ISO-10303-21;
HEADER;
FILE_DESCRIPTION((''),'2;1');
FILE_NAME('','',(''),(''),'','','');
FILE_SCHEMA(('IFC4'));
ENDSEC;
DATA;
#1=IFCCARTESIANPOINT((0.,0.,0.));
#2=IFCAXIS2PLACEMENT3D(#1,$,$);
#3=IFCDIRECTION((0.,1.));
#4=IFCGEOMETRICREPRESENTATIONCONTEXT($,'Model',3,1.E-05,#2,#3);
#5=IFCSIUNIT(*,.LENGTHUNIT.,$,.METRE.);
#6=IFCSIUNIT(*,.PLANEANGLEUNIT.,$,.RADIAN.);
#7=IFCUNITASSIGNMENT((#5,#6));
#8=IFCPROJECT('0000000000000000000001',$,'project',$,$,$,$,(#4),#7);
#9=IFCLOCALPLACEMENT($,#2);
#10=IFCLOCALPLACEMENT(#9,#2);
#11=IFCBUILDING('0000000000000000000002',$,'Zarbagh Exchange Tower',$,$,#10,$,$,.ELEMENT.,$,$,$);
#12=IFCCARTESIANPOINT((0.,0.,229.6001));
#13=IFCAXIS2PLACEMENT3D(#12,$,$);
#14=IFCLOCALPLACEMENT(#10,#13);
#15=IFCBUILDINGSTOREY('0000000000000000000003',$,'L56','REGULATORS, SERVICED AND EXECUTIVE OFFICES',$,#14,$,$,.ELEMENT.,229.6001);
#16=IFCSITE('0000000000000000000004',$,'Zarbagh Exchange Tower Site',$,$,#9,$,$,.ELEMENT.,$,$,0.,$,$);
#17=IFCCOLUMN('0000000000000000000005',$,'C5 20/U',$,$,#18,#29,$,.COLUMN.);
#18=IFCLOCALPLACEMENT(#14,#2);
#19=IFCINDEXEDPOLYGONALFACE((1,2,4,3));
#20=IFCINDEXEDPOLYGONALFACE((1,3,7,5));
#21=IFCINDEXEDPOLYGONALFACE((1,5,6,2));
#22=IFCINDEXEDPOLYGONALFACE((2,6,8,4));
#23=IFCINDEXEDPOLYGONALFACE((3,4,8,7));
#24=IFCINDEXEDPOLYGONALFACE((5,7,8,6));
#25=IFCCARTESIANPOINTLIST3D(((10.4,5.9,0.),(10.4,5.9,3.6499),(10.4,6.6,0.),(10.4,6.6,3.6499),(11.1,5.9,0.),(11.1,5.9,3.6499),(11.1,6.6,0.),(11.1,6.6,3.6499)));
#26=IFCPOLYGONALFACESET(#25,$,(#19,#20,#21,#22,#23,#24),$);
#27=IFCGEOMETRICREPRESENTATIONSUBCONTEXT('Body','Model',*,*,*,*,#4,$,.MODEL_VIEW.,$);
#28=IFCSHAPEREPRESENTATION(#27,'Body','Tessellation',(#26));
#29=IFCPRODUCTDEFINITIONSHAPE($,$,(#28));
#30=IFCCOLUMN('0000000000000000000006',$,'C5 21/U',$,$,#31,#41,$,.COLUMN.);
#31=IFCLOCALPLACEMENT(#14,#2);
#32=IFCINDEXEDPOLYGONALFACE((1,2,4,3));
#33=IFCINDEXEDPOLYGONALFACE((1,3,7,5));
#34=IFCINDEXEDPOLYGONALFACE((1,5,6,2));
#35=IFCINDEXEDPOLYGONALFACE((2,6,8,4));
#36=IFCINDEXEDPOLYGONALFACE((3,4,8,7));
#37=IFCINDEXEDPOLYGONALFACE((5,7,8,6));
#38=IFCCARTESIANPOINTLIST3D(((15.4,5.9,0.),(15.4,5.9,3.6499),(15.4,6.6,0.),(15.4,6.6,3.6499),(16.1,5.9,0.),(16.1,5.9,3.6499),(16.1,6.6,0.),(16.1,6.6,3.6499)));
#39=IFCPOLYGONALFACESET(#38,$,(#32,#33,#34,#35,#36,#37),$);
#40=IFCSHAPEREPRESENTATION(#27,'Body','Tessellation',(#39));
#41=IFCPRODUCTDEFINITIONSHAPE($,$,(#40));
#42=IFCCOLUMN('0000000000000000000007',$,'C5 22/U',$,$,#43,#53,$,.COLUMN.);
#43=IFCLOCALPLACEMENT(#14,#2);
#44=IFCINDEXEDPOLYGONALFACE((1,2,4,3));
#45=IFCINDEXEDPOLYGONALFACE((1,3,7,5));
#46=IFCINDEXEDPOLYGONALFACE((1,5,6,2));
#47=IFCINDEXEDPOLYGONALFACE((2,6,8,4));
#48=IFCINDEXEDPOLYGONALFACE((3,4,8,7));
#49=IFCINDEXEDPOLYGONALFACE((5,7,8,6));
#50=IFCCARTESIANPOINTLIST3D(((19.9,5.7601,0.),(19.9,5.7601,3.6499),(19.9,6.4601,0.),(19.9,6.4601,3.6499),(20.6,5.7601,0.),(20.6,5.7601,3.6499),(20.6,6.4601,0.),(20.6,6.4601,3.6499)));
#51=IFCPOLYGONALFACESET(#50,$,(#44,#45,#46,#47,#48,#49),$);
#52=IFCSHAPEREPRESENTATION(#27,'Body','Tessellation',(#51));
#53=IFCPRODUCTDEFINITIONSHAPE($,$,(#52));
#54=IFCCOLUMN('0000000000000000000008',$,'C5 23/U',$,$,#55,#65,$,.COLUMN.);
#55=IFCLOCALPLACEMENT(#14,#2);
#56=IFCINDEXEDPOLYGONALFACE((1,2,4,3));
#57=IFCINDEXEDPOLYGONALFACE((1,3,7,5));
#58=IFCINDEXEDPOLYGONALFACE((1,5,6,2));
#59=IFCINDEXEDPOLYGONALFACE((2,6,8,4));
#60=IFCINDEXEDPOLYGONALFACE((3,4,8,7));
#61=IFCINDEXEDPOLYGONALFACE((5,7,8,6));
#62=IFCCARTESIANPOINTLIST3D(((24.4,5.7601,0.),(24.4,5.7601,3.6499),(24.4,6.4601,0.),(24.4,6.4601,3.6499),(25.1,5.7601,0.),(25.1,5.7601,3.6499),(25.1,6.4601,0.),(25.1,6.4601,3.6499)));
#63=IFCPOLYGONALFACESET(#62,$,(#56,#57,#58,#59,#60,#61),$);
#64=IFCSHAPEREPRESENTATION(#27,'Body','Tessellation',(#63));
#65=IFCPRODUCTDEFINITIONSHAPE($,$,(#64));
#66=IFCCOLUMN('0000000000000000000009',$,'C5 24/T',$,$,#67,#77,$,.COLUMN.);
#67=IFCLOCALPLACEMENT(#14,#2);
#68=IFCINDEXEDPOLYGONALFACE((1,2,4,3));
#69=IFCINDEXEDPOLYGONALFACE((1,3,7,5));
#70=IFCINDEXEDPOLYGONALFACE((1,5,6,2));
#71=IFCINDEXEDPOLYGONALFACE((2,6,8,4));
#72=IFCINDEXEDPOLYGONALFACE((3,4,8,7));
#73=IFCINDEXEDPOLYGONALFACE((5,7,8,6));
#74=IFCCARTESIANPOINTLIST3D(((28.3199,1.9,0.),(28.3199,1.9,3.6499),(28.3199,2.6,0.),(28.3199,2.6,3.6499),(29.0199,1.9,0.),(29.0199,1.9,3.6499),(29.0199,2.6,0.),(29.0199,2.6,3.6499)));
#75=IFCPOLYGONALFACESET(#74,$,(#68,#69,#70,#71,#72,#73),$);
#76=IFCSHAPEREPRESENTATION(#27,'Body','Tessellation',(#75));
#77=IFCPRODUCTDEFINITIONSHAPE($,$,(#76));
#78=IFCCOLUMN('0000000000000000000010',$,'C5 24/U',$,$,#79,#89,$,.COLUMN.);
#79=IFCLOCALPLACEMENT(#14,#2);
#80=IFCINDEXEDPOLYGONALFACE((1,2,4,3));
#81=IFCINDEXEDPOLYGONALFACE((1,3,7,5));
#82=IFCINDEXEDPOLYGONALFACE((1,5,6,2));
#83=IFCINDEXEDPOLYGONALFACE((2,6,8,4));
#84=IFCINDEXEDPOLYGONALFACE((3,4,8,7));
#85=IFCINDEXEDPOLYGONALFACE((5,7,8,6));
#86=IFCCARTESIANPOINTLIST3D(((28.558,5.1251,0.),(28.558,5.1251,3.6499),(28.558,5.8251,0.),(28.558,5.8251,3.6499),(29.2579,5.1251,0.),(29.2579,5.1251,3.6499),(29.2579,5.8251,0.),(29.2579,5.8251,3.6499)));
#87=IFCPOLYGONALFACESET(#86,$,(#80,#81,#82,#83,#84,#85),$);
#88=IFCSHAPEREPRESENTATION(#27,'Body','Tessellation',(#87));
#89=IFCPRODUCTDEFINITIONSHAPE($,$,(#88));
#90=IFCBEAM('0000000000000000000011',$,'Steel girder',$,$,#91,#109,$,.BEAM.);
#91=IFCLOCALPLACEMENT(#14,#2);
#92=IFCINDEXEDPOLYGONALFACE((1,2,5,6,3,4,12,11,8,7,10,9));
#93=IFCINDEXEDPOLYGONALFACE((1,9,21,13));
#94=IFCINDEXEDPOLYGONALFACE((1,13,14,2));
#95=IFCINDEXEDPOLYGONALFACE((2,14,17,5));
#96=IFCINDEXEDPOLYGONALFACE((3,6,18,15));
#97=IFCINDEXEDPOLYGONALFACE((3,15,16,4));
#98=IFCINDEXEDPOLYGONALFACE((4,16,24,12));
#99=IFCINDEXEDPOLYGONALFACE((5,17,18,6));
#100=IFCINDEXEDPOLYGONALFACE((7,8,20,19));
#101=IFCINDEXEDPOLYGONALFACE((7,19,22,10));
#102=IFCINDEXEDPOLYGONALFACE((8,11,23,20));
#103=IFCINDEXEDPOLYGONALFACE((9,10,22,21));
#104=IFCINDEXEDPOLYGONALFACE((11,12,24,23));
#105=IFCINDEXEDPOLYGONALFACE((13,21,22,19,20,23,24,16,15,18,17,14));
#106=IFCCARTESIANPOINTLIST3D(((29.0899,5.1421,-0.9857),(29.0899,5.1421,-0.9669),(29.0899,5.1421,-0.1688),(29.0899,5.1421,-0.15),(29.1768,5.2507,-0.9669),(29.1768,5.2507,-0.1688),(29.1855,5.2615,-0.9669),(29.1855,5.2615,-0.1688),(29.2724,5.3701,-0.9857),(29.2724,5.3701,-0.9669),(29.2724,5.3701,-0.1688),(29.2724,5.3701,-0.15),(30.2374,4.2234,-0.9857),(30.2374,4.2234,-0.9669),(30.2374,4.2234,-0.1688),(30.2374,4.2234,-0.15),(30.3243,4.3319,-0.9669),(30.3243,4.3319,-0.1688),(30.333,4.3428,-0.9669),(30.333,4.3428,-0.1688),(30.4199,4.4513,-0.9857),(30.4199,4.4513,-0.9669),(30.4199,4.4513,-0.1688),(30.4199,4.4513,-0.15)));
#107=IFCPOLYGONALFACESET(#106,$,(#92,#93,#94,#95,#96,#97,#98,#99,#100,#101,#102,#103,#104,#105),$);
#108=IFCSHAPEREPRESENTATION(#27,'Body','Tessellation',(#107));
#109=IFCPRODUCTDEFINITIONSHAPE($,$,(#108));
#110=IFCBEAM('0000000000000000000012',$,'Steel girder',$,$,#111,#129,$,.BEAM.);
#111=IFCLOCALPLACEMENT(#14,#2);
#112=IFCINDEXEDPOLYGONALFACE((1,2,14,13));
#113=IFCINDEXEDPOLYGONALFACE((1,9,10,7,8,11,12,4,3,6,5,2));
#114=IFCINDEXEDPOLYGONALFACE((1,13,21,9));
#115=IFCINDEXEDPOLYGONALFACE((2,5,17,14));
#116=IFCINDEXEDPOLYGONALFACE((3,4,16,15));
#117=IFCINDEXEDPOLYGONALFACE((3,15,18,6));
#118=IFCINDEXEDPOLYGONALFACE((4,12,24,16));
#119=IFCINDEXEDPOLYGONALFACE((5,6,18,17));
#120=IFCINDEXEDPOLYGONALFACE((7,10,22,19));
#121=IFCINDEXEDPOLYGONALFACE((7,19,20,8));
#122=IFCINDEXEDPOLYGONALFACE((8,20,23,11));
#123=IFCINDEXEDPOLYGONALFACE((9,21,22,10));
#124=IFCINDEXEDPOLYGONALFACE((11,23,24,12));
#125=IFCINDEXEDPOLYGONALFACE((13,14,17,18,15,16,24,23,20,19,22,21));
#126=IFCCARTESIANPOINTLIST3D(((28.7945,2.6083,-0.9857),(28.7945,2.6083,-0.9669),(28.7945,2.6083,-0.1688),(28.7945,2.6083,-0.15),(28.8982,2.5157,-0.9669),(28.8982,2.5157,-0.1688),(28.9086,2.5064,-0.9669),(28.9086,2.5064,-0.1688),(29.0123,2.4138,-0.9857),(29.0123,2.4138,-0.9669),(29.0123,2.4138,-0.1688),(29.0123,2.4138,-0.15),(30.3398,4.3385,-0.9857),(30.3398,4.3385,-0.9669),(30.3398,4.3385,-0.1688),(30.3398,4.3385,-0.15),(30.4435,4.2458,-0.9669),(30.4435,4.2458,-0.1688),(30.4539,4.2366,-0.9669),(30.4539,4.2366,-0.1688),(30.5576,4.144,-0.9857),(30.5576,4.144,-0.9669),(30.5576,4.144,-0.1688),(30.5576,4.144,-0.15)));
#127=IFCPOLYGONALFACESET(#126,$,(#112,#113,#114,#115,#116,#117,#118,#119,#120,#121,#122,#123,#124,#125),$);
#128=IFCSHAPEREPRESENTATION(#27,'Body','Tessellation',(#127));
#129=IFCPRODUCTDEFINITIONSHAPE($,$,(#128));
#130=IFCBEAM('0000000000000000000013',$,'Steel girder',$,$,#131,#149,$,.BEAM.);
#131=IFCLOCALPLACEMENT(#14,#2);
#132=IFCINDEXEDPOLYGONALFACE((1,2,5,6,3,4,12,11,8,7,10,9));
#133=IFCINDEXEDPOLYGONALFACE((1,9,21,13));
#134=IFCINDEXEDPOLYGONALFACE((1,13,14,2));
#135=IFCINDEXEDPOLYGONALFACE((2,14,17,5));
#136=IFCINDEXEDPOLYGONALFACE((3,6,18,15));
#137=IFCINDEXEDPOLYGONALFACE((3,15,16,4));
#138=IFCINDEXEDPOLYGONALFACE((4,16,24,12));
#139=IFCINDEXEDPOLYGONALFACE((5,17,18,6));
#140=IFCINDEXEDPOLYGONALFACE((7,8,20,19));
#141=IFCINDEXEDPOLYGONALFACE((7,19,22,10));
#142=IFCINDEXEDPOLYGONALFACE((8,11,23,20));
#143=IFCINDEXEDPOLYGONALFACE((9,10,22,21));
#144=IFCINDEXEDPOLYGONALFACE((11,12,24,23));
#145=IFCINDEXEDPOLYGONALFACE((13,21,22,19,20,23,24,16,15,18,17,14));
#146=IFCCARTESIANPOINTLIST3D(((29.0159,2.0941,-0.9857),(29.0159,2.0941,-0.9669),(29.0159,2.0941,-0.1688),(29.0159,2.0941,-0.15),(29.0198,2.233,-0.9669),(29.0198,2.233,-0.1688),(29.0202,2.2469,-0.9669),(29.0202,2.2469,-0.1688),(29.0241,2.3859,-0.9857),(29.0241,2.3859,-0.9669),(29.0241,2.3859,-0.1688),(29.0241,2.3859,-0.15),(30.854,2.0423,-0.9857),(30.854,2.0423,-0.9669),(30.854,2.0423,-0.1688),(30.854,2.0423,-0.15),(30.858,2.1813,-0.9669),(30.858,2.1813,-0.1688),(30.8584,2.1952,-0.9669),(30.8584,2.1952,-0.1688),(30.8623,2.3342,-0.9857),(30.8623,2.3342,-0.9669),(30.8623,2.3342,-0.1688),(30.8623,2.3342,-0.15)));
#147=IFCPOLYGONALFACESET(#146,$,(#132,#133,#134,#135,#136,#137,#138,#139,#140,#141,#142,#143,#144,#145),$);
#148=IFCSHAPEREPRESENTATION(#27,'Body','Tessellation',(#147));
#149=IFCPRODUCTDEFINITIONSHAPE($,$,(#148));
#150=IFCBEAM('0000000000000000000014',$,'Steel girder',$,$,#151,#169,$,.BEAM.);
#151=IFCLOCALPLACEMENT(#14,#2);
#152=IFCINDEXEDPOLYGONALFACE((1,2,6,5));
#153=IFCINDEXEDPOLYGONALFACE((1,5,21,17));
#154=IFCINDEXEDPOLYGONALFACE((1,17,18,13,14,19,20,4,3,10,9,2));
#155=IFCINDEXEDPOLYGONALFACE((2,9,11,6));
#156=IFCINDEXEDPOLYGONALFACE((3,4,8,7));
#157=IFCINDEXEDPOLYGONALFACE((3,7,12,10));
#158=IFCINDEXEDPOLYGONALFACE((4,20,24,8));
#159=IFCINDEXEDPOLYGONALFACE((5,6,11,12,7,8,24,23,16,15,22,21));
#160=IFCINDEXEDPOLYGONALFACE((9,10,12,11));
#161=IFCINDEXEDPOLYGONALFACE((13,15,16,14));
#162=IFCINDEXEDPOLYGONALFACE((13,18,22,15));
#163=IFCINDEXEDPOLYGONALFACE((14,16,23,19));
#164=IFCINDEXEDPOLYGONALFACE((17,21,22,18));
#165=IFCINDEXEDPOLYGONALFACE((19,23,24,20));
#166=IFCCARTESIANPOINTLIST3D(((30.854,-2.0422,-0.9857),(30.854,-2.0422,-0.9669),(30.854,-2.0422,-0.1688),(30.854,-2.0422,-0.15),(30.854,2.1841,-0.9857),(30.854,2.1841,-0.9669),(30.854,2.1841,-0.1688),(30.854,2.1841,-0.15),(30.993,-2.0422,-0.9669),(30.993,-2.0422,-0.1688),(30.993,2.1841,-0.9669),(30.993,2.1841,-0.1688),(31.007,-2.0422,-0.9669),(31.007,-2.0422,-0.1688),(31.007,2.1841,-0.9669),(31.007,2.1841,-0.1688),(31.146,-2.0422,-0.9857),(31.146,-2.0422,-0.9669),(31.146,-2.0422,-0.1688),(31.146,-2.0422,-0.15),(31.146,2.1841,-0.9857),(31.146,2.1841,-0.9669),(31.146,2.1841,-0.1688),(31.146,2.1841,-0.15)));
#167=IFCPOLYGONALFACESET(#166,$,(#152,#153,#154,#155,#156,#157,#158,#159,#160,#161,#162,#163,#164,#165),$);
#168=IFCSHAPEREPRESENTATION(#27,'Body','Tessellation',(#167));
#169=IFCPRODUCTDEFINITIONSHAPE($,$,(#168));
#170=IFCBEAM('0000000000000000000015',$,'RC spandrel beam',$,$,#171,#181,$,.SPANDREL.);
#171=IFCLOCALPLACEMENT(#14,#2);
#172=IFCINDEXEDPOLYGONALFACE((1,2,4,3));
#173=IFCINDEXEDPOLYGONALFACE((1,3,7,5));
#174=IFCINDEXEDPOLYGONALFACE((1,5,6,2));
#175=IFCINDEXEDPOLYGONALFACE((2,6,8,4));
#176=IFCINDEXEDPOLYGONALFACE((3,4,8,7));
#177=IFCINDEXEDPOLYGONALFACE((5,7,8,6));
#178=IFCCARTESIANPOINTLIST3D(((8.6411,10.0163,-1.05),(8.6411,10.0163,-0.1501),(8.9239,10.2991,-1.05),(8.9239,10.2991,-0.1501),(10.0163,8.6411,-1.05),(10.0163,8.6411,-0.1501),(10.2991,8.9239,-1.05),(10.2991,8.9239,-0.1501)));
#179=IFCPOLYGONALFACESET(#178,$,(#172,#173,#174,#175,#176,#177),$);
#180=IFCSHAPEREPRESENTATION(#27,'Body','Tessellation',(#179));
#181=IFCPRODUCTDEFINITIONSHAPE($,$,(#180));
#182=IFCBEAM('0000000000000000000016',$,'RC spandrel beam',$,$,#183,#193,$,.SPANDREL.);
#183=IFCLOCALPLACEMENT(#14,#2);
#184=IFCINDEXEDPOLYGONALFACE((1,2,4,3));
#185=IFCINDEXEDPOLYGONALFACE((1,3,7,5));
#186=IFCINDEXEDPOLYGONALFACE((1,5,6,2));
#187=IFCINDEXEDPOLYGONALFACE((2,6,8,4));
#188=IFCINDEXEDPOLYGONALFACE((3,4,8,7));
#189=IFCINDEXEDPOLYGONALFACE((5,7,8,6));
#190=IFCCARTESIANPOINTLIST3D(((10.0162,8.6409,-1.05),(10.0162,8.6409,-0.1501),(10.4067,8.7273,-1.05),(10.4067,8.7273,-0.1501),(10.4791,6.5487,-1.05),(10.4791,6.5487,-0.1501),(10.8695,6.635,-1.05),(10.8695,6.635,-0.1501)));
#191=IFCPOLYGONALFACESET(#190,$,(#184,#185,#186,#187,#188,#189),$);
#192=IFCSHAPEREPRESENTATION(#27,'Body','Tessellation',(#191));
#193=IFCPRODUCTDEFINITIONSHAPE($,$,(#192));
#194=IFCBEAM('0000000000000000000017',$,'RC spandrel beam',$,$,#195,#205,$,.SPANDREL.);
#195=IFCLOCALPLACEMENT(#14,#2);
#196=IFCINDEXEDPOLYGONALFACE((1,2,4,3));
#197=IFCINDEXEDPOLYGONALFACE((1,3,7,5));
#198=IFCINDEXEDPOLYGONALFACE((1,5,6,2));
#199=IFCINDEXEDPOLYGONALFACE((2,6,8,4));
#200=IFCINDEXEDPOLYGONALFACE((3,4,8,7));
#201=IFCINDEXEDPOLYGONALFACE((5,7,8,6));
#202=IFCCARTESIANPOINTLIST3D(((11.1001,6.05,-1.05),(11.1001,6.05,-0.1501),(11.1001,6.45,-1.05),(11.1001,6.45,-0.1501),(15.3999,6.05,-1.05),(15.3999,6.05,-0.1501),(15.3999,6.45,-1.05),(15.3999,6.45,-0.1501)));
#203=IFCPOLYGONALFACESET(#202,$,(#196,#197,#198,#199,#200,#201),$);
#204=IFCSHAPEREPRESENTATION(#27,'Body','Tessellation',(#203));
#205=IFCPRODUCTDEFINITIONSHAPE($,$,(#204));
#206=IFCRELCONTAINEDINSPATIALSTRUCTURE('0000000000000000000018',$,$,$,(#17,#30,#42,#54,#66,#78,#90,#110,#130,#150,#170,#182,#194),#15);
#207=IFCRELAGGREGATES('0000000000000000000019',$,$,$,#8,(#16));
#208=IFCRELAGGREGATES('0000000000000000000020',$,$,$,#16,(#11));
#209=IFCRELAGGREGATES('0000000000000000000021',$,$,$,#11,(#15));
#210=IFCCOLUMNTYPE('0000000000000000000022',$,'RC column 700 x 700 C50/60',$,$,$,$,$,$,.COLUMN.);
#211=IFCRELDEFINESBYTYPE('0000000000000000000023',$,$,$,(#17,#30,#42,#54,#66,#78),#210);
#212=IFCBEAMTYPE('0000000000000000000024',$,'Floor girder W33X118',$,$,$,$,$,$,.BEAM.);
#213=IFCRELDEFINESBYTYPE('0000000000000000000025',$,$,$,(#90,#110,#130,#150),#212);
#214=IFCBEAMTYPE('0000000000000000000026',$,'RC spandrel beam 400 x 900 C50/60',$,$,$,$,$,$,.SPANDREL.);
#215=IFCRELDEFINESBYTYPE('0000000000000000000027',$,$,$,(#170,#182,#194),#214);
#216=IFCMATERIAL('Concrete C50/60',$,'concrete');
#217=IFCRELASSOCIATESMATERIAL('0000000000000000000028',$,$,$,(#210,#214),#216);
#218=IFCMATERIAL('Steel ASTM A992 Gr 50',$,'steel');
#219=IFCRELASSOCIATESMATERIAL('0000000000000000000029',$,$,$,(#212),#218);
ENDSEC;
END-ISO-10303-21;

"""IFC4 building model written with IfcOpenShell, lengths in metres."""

from ifc_helpers import new_model, si_unit, direction, frame, origin, origin_2d, place, context, subcontext, project, spatial, rectangle, i_section, extrude, material, material_profile, profile_set, type_object, element, save


model = new_model("IFC4")

# Units and contexts
model_context = context("Model", 3, precision=1e-05, world=origin(), true_north=direction((0.0, 1.0)))
body_context = subcontext(model_context, "Body", "Model", "MODEL_VIEW")
ifc_project = project(units=[si_unit("LENGTHUNIT", "METRE"), si_unit("PLANEANGLEUNIT", "RADIAN")], contexts=[model_context])

# Site, building, storey
site_placement = place(None, origin())
site = spatial("IfcSite", under=ifc_project, at=site_placement, Name="Zarbagh Exchange Tower Site", CompositionType="ELEMENT", RefElevation=0.0)
building_placement = place(site_placement, origin())
building = spatial("IfcBuilding", under=site, at=building_placement, Name="Zarbagh Exchange Tower", CompositionType="ELEMENT")
storey_placement = place(building_placement, frame((0.0, 0.0, 229.6001)))
storey = spatial("IfcBuildingStorey", under=building, at=storey_placement, Name="L56", Description="REGULATORS, SERVICED AND EXECUTIVE OFFICES", CompositionType="ELEMENT", Elevation=229.6001)

# Columns
ifc_material_1 = material(Name="Concrete C50/60", Category="concrete")
ifc_material_profile_1 = material_profile(ifc_material_1, rectangle(XDim=0.7, YDim=0.7, at=origin_2d()), Name="RC column 700 x 700 C50/60")
ifc_profile_set_1 = profile_set([ifc_material_profile_1], Name="Concrete C50/60")
column_type = type_object("IfcColumnType", Name="RC column 700 x 700 C50/60", PredefinedType="COLUMN", material=ifc_profile_set_1)
for number, where, z_axis, x_axis, name in (
    (1, (10.75, 6.25, 0.0), (0.0, 0.0, 1.0), (1.0, 0.0, 0.0), "C5 20/U"),
    (2, (15.75, 6.25, 0.0), (0.0, 0.0, 1.0), (1.0, 0.0, 0.0), "C5 21/U"),
    (3, (20.25, 6.1101, 0.0), (0.0, 0.0, 1.0), (1.0, 0.0, 0.0), "C5 22/U"),
    (4, (24.75, 6.1101, 0.0), (0.0, 0.0, 1.0), (1.0, 0.0, 0.0), "C5 23/U"),
    (5, (28.6699, 2.25, 0.0), (0.0, 0.0, 1.0), (1.0, 0.0, 0.0), "C5 24/T"),
    (6, (28.908, 5.4751, 0.0), (0.0, 0.0, 1.0), (1.0, 0.0, 0.0), "C5 24/U"),
):
    element("IfcColumn", number, at=place(storey_placement, frame(where, z_axis=z_axis, x_axis=x_axis)), inside=storey, type_object=column_type, Name=name, PredefinedType="COLUMN", context=body_context, shape_type="SweptSolid", body=[
        extrude(rectangle(XDim=0.7, YDim=0.7, at=origin_2d()), origin(), (0.0, 0.0, 1.0), 3.6499),
    ])

# Beams
ifc_material_2 = material(Name="Steel ASTM A992 Gr 50", Category="steel")
ifc_material_profile_2 = material_profile(ifc_material_2, i_section(OverallWidth=0.292, OverallDepth=0.8357, WebThickness=0.0139, FlangeThickness=0.0188, at=origin_2d()), Name="W33X118")
ifc_profile_set_2 = profile_set([ifc_material_profile_2], Name="Steel ASTM A992 Gr 50")
beam_type_1 = type_object("IfcBeamType", Name="Floor girder W33X118", PredefinedType="BEAM", material=ifc_profile_set_2)
beam_1_placement = place(storey_placement, frame((29.1812, 5.2561, -0.5679), z_axis=(0.780626, -0.624999, 0.0), x_axis=(0.624999, 0.780626, 0.0)))
element("IfcBeam", 7, at=beam_1_placement, inside=storey, type_object=beam_type_1, Name="Steel girder", PredefinedType="BEAM", context=body_context, shape_type="SweptSolid", body=[
    extrude(i_section(OverallWidth=0.292, OverallDepth=0.8357, WebThickness=0.0139, FlangeThickness=0.0188, at=origin_2d()), origin(), (0.0, 0.0, 1.0), 1.47),
])
beam_2_placement = place(storey_placement, frame((30.4487, 4.2412, -0.5679), z_axis=(-0.666152, -0.745816, 0.0), x_axis=(0.745816, -0.666152, 0.0)))
element("IfcBeam", 8, at=beam_2_placement, inside=storey, type_object=beam_type_1, Name="Steel girder", PredefinedType="BEAM", context=body_context, shape_type="SweptSolid", body=[
    extrude(i_section(OverallWidth=0.292, OverallDepth=0.8357, WebThickness=0.0139, FlangeThickness=0.0188, at=origin_2d()), origin(), (0.0, 0.0, 1.0), 2.3198),
])
beam_3_placement = place(storey_placement, frame((29.02, 2.24, -0.5679), z_axis=(0.999604, -0.028147, 0.0), x_axis=(0.028147, 0.999604, 0.0)))
element("IfcBeam", 9, at=beam_3_placement, inside=storey, type_object=beam_type_1, Name="Steel girder", PredefinedType="BEAM", context=body_context, shape_type="SweptSolid", body=[
    extrude(i_section(OverallWidth=0.292, OverallDepth=0.8357, WebThickness=0.0139, FlangeThickness=0.0188, at=origin_2d()), origin(), (0.0, 0.0, 1.0), 1.8389),
])
beam_4_placement = place(storey_placement, frame((31.0, 2.1841, -0.5679), z_axis=(0.0, -1.0, 0.0), x_axis=(1.0, 0.0, 0.0)))
element("IfcBeam", 10, at=beam_4_placement, inside=storey, type_object=beam_type_1, Name="Steel girder", PredefinedType="BEAM", context=body_context, shape_type="SweptSolid", body=[
    extrude(i_section(OverallWidth=0.292, OverallDepth=0.8357, WebThickness=0.0139, FlangeThickness=0.0188, at=origin_2d()), origin(), (0.0, 0.0, 1.0), 4.2263),
])
ifc_material_profile_3 = material_profile(ifc_material_1, rectangle(XDim=0.3999, YDim=0.8999, at=origin_2d()), Name="RC spandrel beam 400 x 900 C50/60")
ifc_profile_set_3 = profile_set([ifc_material_profile_3], Name="Concrete C50/60")
beam_type_2 = type_object("IfcBeamType", Name="RC spandrel beam 400 x 900 C50/60", PredefinedType="SPANDREL", material=ifc_profile_set_3)
beam_5_placement = place(storey_placement, frame((8.7825, 10.1577, -0.6001), z_axis=(0.707107, -0.707107, 0.0), x_axis=(0.707107, 0.707107, 0.0)))
element("IfcBeam", 11, at=beam_5_placement, inside=storey, type_object=beam_type_2, Name="RC spandrel beam", PredefinedType="SPANDREL", context=body_context, shape_type="SweptSolid", body=[
    extrude(rectangle(XDim=0.3999, YDim=0.8999, at=origin_2d()), origin(), (0.0, 0.0, 1.0), 1.9448),
])
beam_6_placement = place(storey_placement, frame((10.2114, 8.6841, -0.6001), z_axis=(0.216014, -0.97639, 0.0), x_axis=(0.97639, 0.216014, 0.0)))
element("IfcBeam", 12, at=beam_6_placement, inside=storey, type_object=beam_type_2, Name="RC spandrel beam", PredefinedType="SPANDREL", context=body_context, shape_type="SweptSolid", body=[
    extrude(rectangle(XDim=0.3999, YDim=0.8999, at=origin_2d()), origin(), (0.0, 0.0, 1.0), 2.1428),
])
beam_7_placement = place(storey_placement, frame((11.1001, 6.25, -0.6001), z_axis=(1.0, 0.0, 0.0), x_axis=(0.0, 1.0, 0.0)))
element("IfcBeam", 13, at=beam_7_placement, inside=storey, type_object=beam_type_2, Name="RC spandrel beam", PredefinedType="SPANDREL", context=body_context, shape_type="SweptSolid", body=[
    extrude(rectangle(XDim=0.3999, YDim=0.8999, at=origin_2d()), origin(), (0.0, 0.0, 1.0), 4.2998),
])

save(model, "model.ifc")
